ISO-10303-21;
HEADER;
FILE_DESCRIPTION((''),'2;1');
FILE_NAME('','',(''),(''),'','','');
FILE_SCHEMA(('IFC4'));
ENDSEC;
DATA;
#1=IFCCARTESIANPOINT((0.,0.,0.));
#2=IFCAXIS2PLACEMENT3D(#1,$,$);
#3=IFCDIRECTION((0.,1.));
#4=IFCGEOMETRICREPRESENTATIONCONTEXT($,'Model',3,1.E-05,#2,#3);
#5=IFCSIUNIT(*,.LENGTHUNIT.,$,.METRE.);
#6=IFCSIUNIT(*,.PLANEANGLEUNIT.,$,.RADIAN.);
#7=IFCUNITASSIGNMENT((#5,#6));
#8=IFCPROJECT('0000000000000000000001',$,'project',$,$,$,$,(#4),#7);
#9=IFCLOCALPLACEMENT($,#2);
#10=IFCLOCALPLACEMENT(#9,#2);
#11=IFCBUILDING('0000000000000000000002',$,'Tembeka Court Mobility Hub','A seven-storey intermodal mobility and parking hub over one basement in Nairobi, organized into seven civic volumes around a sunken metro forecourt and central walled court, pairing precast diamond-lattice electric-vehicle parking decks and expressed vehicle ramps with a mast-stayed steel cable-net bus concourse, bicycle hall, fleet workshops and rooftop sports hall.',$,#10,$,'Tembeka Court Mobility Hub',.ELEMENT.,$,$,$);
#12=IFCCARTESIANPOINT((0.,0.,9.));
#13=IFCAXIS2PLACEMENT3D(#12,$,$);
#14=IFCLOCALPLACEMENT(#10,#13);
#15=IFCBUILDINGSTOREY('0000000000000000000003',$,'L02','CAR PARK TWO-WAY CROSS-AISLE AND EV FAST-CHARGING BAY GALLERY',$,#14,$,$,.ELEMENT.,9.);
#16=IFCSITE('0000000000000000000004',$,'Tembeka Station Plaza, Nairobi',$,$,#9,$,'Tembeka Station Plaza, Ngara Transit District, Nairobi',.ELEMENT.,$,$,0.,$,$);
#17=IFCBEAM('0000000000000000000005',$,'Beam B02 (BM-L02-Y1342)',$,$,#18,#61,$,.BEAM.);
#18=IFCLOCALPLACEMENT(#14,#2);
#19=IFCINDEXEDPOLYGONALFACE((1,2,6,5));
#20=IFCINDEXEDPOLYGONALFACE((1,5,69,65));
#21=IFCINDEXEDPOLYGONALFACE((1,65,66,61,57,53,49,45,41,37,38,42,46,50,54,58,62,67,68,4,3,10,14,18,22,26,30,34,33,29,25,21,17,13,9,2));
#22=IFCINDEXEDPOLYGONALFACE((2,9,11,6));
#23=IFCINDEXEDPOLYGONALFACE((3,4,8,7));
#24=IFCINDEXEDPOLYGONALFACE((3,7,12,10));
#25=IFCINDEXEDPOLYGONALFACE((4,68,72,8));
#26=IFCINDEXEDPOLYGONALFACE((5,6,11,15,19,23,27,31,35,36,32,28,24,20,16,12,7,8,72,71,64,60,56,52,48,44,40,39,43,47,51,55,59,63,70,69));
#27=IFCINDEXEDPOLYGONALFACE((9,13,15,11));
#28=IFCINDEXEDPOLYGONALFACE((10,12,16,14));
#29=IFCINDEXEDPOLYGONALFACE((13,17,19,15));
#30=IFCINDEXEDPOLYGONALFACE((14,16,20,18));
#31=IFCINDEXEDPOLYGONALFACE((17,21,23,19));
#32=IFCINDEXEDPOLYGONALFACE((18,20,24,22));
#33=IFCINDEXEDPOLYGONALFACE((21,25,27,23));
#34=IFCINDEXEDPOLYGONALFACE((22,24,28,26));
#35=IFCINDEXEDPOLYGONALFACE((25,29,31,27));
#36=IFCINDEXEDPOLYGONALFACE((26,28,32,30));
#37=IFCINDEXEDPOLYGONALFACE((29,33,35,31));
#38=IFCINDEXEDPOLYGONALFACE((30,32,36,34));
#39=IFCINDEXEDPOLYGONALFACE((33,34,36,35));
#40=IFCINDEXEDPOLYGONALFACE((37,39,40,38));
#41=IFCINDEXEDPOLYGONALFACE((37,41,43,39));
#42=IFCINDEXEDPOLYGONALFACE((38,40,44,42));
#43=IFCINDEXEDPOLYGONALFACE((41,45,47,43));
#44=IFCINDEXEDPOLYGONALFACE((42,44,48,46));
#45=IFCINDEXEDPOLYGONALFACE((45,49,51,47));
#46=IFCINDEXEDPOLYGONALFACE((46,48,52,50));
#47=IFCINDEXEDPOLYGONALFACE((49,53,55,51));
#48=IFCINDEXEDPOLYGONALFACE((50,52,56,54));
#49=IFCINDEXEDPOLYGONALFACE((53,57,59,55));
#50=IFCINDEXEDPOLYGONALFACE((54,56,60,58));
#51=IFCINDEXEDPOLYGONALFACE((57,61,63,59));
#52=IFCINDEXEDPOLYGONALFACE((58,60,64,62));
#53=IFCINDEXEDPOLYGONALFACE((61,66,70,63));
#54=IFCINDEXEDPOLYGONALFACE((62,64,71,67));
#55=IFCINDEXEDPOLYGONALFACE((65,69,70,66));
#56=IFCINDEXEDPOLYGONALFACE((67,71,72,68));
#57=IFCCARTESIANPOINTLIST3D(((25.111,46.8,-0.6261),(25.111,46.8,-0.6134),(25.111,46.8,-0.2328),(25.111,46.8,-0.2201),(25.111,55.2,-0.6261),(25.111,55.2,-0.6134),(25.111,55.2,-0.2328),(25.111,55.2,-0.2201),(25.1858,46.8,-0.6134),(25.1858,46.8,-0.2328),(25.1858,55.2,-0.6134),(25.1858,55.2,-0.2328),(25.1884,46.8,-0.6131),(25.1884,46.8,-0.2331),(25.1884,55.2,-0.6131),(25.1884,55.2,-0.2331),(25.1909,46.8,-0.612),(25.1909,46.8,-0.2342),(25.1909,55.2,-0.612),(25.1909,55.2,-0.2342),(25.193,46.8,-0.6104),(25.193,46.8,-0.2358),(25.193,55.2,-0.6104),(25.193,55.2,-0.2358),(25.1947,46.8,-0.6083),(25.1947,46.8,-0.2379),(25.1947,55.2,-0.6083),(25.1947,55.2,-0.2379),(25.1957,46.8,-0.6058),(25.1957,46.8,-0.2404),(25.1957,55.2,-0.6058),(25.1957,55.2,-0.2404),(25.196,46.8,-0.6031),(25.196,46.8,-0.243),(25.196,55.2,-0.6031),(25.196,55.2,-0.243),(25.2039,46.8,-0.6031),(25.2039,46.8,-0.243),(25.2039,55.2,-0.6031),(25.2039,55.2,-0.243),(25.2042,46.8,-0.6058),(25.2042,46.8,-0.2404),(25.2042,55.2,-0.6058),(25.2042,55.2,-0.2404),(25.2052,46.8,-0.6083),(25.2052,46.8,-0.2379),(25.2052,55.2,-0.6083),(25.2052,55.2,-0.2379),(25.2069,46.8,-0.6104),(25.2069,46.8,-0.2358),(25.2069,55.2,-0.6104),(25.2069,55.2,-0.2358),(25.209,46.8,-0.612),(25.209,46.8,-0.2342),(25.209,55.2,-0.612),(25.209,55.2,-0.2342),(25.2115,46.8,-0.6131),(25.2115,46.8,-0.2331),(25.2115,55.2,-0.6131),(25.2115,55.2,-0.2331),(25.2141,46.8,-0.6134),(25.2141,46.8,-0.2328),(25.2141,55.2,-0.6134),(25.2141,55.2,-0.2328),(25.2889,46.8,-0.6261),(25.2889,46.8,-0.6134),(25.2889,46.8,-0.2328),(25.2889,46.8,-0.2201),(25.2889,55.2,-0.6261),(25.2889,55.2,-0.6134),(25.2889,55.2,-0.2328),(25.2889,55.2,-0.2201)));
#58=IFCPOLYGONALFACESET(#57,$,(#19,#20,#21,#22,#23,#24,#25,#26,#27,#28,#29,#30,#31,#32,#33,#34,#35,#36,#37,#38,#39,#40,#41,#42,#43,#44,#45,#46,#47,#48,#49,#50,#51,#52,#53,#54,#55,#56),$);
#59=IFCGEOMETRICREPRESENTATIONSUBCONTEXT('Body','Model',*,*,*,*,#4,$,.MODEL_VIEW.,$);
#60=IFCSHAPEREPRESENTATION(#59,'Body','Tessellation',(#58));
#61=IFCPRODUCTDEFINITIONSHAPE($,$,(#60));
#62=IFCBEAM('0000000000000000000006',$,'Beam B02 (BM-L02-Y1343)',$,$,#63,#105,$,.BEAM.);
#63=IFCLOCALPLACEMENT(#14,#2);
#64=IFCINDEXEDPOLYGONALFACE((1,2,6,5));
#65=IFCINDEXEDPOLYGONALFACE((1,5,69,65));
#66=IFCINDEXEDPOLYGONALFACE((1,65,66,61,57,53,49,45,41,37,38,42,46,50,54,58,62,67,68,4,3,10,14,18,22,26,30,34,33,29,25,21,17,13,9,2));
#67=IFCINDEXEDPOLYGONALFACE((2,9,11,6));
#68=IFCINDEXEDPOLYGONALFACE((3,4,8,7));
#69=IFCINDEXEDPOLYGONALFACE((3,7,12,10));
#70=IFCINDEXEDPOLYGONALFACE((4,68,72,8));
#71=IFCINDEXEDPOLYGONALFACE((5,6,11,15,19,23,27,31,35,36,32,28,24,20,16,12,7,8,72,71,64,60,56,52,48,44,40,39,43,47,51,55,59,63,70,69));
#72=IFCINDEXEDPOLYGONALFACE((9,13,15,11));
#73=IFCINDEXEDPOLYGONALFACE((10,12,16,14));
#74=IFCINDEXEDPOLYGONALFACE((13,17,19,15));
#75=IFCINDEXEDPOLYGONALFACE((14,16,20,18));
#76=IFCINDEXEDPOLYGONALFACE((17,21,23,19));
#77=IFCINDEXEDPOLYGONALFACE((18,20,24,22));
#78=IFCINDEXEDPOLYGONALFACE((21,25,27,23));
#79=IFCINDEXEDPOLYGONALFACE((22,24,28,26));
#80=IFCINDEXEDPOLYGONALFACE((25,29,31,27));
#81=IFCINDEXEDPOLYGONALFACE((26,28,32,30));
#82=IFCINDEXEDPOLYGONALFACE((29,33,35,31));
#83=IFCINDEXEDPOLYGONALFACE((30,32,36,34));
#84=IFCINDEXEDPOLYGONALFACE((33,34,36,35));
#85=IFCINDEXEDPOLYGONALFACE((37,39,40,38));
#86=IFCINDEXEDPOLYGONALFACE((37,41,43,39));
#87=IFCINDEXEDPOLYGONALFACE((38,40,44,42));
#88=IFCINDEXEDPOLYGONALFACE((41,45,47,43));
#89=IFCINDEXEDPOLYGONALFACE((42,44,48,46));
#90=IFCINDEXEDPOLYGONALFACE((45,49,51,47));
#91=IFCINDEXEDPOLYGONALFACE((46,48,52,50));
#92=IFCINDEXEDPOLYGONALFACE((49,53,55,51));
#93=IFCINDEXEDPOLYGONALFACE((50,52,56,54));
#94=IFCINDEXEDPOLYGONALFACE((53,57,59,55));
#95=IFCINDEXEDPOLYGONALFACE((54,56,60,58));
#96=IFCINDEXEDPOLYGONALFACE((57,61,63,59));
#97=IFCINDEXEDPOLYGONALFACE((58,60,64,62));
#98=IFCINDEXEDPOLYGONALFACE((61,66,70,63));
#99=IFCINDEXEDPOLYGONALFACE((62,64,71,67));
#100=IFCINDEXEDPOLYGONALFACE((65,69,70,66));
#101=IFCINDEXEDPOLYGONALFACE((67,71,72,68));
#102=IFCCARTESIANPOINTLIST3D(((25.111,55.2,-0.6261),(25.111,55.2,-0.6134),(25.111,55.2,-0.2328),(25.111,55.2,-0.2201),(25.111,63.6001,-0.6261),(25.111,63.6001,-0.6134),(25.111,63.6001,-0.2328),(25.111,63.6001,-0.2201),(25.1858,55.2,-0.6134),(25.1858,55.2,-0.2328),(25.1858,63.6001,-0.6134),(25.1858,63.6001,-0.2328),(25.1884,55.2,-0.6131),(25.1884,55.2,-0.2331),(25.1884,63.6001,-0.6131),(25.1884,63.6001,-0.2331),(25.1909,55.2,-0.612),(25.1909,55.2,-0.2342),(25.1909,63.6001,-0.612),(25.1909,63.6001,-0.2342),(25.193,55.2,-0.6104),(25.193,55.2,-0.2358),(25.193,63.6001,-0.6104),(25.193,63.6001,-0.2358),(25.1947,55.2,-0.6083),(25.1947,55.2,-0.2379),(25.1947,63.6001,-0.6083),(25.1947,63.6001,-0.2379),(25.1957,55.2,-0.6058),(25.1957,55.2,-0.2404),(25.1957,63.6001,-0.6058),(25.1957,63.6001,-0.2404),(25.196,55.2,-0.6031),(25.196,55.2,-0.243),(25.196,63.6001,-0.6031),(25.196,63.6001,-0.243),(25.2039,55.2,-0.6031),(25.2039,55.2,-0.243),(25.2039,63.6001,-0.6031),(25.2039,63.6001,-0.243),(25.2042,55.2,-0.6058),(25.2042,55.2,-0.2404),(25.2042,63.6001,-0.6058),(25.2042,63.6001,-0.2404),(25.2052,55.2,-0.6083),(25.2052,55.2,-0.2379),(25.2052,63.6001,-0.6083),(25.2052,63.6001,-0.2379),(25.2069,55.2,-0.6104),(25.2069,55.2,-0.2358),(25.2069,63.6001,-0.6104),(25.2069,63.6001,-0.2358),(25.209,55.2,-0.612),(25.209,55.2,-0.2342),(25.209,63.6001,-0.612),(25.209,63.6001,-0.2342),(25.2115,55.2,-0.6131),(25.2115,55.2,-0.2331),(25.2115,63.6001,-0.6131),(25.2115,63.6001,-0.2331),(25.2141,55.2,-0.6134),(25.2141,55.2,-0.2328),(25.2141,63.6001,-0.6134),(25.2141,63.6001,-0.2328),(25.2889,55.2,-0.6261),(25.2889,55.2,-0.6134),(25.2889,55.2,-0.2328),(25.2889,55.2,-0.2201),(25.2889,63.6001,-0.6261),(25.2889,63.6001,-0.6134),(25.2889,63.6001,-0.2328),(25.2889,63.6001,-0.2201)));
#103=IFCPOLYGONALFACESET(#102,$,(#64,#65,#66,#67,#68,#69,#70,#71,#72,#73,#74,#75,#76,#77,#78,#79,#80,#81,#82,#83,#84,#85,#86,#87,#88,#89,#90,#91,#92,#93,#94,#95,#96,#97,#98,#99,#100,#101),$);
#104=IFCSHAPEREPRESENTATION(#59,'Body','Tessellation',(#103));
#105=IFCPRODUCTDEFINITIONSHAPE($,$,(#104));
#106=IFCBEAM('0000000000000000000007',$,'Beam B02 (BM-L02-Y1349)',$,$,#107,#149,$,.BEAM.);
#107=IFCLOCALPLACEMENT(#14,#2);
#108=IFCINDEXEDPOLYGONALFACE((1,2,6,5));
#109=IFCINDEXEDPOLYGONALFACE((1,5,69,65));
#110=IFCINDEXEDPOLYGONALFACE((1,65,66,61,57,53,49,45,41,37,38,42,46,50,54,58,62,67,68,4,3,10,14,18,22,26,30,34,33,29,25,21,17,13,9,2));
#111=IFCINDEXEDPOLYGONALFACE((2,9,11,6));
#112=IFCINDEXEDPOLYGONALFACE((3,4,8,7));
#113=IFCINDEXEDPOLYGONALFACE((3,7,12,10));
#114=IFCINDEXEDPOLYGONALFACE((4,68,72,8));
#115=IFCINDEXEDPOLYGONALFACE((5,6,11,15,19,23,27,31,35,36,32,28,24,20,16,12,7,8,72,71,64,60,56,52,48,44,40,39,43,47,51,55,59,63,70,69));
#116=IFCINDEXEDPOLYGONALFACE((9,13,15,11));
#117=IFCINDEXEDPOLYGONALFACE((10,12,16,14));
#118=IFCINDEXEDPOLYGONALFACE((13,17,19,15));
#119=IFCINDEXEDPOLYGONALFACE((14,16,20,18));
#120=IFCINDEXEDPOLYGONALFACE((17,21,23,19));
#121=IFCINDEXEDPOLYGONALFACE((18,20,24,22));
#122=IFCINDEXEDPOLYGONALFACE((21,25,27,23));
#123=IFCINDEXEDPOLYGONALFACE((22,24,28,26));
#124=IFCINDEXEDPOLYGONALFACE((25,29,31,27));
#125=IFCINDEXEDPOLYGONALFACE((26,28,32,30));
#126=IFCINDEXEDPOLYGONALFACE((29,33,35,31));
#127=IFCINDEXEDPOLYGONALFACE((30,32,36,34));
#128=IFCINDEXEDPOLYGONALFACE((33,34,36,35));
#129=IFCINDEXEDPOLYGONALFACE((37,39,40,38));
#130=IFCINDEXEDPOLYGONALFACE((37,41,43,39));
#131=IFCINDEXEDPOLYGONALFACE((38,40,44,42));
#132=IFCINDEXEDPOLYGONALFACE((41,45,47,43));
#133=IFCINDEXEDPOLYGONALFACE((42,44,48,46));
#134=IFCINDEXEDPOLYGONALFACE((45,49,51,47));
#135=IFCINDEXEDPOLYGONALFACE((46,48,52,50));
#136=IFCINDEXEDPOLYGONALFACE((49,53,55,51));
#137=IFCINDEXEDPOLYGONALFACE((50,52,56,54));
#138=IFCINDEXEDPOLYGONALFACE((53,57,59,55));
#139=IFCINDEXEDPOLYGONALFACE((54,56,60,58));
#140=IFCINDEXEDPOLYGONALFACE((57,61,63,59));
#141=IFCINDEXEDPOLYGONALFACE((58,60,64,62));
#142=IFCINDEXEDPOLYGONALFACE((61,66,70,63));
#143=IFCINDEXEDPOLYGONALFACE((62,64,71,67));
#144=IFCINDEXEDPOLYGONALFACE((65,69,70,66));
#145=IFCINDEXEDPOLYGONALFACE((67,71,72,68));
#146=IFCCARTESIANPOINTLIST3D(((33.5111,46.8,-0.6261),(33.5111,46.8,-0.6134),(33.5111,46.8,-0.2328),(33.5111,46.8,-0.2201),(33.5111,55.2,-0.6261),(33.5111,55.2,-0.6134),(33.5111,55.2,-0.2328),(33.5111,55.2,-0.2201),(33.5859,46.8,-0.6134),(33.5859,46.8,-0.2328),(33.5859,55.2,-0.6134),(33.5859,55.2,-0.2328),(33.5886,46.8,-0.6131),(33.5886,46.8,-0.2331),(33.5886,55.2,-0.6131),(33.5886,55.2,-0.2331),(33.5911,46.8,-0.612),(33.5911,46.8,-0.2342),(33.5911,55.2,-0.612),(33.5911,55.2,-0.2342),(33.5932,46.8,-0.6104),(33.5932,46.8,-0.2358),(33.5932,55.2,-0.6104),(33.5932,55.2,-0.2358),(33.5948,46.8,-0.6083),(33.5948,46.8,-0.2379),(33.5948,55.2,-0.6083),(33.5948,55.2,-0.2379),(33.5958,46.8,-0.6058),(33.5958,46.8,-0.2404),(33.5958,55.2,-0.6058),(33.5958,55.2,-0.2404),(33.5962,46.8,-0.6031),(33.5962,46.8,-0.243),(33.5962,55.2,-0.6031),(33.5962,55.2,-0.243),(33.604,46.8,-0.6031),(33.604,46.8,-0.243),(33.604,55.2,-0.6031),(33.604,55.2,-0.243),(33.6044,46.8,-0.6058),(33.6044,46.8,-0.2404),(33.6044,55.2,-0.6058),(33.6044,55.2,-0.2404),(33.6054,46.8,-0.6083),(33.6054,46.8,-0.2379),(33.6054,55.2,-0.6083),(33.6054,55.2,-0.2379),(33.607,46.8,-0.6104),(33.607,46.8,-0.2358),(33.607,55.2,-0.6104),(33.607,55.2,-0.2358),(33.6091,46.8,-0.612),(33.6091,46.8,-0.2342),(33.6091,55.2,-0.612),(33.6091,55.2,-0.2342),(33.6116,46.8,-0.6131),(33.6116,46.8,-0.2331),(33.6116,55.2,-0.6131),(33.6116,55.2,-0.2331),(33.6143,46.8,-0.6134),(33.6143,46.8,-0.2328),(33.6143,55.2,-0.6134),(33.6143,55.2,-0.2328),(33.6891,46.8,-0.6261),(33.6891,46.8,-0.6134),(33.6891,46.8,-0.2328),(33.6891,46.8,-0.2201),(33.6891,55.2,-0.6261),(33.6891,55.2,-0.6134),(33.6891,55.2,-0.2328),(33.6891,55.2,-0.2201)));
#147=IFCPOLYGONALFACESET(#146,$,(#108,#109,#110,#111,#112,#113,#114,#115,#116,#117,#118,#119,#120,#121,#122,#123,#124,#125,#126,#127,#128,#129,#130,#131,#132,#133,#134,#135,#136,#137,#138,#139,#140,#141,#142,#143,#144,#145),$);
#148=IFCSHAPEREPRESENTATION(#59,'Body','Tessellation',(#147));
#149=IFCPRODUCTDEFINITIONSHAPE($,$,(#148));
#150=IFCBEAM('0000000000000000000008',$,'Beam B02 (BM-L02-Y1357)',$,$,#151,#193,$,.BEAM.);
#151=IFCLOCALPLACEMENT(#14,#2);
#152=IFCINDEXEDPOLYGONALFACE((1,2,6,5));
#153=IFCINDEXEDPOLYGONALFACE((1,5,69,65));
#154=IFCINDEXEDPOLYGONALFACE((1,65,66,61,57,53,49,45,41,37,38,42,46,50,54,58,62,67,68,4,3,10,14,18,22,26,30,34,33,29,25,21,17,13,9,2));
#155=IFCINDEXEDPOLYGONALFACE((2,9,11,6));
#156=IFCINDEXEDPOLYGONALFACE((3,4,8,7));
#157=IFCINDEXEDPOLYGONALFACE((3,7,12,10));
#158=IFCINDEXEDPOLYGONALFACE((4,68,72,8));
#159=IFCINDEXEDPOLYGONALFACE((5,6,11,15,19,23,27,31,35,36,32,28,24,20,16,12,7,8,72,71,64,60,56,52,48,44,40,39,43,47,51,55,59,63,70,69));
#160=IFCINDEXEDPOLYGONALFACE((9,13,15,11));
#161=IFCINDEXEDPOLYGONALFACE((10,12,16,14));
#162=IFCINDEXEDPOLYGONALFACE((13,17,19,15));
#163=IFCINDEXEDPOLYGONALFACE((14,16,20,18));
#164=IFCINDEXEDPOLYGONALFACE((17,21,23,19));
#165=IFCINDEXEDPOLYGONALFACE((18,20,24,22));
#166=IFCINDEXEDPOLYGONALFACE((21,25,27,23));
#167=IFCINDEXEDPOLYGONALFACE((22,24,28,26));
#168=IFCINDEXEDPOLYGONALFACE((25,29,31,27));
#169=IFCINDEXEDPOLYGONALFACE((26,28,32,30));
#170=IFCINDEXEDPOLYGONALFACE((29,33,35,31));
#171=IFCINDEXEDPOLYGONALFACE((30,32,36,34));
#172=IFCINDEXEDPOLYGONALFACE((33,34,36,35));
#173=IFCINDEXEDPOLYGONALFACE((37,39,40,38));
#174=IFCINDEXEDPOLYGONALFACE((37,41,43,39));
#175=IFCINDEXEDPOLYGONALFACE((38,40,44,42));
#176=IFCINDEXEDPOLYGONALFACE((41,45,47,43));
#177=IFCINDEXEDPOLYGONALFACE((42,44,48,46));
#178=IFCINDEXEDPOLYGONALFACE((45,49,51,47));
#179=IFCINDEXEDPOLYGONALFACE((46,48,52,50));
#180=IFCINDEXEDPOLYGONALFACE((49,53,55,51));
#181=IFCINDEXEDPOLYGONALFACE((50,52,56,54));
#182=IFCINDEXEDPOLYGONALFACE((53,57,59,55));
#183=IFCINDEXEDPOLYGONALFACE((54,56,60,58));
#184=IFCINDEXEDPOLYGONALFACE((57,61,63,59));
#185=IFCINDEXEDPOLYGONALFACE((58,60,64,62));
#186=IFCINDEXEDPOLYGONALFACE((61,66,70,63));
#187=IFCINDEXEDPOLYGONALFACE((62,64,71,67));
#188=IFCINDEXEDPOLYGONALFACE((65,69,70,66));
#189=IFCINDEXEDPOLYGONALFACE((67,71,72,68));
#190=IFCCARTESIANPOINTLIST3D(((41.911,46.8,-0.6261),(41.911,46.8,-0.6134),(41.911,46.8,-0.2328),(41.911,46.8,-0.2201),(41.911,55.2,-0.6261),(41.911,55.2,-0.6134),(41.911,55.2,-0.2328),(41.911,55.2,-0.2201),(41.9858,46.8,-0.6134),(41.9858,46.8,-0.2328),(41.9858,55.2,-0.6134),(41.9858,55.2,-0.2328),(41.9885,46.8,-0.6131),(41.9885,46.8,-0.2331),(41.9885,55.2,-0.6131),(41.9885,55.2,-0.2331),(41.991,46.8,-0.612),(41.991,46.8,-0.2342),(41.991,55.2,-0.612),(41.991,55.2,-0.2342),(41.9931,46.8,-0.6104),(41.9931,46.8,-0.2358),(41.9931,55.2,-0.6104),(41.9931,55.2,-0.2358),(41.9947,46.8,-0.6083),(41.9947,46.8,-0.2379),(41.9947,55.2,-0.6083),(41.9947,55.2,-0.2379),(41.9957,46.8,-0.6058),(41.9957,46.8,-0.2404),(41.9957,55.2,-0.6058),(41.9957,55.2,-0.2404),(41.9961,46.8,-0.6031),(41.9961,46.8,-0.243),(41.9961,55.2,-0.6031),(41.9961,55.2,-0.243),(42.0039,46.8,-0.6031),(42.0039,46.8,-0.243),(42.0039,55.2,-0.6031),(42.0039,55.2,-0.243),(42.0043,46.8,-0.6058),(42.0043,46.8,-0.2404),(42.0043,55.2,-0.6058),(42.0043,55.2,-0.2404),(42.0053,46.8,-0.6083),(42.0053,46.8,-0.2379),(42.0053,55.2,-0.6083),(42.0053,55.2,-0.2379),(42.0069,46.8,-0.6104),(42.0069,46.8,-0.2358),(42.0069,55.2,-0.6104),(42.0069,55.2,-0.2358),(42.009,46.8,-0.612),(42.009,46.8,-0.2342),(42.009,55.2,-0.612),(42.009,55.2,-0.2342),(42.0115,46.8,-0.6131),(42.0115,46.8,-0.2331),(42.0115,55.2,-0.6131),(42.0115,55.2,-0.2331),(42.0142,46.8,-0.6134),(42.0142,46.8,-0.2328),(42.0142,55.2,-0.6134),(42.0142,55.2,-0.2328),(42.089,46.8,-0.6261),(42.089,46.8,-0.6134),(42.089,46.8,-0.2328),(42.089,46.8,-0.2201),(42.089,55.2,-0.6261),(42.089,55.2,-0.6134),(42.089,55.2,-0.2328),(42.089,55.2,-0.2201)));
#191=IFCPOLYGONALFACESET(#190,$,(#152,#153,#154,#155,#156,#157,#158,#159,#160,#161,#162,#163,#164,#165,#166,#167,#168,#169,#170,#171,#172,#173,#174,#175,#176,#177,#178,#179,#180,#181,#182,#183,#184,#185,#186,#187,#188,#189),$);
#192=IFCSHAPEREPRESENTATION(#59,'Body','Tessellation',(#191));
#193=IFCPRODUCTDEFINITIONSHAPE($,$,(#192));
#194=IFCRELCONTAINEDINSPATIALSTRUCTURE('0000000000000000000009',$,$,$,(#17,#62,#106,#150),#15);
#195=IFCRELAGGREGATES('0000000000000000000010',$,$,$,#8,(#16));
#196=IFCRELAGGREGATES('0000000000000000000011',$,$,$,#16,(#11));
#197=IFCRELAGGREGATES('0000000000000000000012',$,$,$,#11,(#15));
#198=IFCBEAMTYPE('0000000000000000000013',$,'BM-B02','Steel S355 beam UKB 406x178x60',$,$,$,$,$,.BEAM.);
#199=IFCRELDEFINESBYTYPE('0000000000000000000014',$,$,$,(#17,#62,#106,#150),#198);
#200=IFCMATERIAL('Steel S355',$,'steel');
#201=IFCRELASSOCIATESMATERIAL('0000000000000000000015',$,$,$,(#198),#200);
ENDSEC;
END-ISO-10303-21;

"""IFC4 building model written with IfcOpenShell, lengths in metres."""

from ifc_helpers import new_model, si_unit, direction, frame, origin, origin_2d, place, context, subcontext, project, spatial, i_section, extrude, material, material_profile, profile_set, type_object, element, save


model = new_model("IFC4")

# Units and contexts
model_context = context("Model", 3, precision=1e-05, world=origin(), true_north=direction((0.0, 1.0)))
body_context = subcontext(model_context, "Body", "Model", "MODEL_VIEW")
ifc_project = project(units=[si_unit("LENGTHUNIT", "METRE"), si_unit("PLANEANGLEUNIT", "RADIAN")], contexts=[model_context])

# Site, building, storey
site_placement = place(None, origin())
site = spatial("IfcSite", under=ifc_project, at=site_placement, Name="Tembeka Station Plaza, Nairobi", LongName="Tembeka Station Plaza, Ngara Transit District, Nairobi", CompositionType="ELEMENT", RefElevation=0.0)
building_placement = place(site_placement, origin())
building = spatial("IfcBuilding", under=site, at=building_placement, Name="Tembeka Court Mobility Hub", Description="A seven-storey intermodal mobility and parking hub over one basement in Nairobi, organized into seven civic volumes around a sunken metro forecourt and central walled court, pairing precast diamond-lattice electric-vehicle parking decks and expressed vehicle ramps with a mast-stayed steel cable-net bus concourse, bicycle hall, fleet workshops and rooftop sports hall.", LongName="Tembeka Court Mobility Hub", CompositionType="ELEMENT")
storey_placement = place(building_placement, frame((0.0, 0.0, 9.0)))
storey = spatial("IfcBuildingStorey", under=building, at=storey_placement, Name="L02", Description="CAR PARK TWO-WAY CROSS-AISLE AND EV FAST-CHARGING BAY GALLERY", CompositionType="ELEMENT", Elevation=9.0)

# Shared definitions
ifc_material_1 = material(Name="Steel S355", Category="steel")

# Beams
ifc_material_profile_1 = material_profile(ifc_material_1, i_section(OverallWidth=0.178, OverallDepth=0.406, WebThickness=0.0078, FlangeThickness=0.0127, FilletRadius=0.0103, at=origin_2d()), Name="UKB 406x178x60")
ifc_profile_set_1 = profile_set([ifc_material_profile_1], Name="Steel S355")
beam_type_1 = type_object("IfcBeamType", Name="BM-B02", Description="Steel S355 beam UKB 406x178x60", PredefinedType="BEAM", material=ifc_profile_set_1)
beam_1_placement = place(storey_placement, frame((25.2, 46.8, -0.4231), z_axis=(0.0, 1.0, 0.0), x_axis=(-1.0, 0.0, 0.0)))
element("IfcBeam", 1, at=beam_1_placement, inside=storey, type_object=beam_type_1, Name="Beam B02 (BM-L02-Y1342)", PredefinedType="BEAM", context=body_context, shape_type="SweptSolid", body=[
    extrude(i_section(OverallWidth=0.178, OverallDepth=0.406, WebThickness=0.0078, FlangeThickness=0.0127, FilletRadius=0.0103, at=origin_2d()), origin(), (0.0, 0.0, 1.0), 8.3999),
])
beam_2_placement = place(storey_placement, frame((25.2, 55.2, -0.4231), z_axis=(0.0, 1.0, 0.0), x_axis=(-1.0, 0.0, 0.0)))
element("IfcBeam", 2, at=beam_2_placement, inside=storey, type_object=beam_type_1, Name="Beam B02 (BM-L02-Y1343)", PredefinedType="BEAM", context=body_context, shape_type="SweptSolid", body=[
    extrude(i_section(OverallWidth=0.178, OverallDepth=0.406, WebThickness=0.0078, FlangeThickness=0.0127, FilletRadius=0.0103, at=origin_2d()), origin(), (0.0, 0.0, 1.0), 8.4001),
])
for number, where, z_axis, x_axis, name in (
    (3, (33.6001, 46.8, -0.4231), (0.0, 1.0, 0.0), (-1.0, 0.0, 0.0), "Beam B02 (BM-L02-Y1349)"),
    (4, (42.0, 46.8, -0.4231), (0.0, 1.0, 0.0), (-1.0, 0.0, 0.0), "Beam B02 (BM-L02-Y1357)"),
):
    element("IfcBeam", number, at=place(storey_placement, frame(where, z_axis=z_axis, x_axis=x_axis)), inside=storey, type_object=beam_type_1, Name=name, PredefinedType="BEAM", context=body_context, shape_type="SweptSolid", body=[
        extrude(i_section(OverallWidth=0.178, OverallDepth=0.406, WebThickness=0.0078, FlangeThickness=0.0127, FilletRadius=0.0103, at=origin_2d()), origin(), (0.0, 0.0, 1.0), 8.3999),
    ])

save(model, "model.ifc")
